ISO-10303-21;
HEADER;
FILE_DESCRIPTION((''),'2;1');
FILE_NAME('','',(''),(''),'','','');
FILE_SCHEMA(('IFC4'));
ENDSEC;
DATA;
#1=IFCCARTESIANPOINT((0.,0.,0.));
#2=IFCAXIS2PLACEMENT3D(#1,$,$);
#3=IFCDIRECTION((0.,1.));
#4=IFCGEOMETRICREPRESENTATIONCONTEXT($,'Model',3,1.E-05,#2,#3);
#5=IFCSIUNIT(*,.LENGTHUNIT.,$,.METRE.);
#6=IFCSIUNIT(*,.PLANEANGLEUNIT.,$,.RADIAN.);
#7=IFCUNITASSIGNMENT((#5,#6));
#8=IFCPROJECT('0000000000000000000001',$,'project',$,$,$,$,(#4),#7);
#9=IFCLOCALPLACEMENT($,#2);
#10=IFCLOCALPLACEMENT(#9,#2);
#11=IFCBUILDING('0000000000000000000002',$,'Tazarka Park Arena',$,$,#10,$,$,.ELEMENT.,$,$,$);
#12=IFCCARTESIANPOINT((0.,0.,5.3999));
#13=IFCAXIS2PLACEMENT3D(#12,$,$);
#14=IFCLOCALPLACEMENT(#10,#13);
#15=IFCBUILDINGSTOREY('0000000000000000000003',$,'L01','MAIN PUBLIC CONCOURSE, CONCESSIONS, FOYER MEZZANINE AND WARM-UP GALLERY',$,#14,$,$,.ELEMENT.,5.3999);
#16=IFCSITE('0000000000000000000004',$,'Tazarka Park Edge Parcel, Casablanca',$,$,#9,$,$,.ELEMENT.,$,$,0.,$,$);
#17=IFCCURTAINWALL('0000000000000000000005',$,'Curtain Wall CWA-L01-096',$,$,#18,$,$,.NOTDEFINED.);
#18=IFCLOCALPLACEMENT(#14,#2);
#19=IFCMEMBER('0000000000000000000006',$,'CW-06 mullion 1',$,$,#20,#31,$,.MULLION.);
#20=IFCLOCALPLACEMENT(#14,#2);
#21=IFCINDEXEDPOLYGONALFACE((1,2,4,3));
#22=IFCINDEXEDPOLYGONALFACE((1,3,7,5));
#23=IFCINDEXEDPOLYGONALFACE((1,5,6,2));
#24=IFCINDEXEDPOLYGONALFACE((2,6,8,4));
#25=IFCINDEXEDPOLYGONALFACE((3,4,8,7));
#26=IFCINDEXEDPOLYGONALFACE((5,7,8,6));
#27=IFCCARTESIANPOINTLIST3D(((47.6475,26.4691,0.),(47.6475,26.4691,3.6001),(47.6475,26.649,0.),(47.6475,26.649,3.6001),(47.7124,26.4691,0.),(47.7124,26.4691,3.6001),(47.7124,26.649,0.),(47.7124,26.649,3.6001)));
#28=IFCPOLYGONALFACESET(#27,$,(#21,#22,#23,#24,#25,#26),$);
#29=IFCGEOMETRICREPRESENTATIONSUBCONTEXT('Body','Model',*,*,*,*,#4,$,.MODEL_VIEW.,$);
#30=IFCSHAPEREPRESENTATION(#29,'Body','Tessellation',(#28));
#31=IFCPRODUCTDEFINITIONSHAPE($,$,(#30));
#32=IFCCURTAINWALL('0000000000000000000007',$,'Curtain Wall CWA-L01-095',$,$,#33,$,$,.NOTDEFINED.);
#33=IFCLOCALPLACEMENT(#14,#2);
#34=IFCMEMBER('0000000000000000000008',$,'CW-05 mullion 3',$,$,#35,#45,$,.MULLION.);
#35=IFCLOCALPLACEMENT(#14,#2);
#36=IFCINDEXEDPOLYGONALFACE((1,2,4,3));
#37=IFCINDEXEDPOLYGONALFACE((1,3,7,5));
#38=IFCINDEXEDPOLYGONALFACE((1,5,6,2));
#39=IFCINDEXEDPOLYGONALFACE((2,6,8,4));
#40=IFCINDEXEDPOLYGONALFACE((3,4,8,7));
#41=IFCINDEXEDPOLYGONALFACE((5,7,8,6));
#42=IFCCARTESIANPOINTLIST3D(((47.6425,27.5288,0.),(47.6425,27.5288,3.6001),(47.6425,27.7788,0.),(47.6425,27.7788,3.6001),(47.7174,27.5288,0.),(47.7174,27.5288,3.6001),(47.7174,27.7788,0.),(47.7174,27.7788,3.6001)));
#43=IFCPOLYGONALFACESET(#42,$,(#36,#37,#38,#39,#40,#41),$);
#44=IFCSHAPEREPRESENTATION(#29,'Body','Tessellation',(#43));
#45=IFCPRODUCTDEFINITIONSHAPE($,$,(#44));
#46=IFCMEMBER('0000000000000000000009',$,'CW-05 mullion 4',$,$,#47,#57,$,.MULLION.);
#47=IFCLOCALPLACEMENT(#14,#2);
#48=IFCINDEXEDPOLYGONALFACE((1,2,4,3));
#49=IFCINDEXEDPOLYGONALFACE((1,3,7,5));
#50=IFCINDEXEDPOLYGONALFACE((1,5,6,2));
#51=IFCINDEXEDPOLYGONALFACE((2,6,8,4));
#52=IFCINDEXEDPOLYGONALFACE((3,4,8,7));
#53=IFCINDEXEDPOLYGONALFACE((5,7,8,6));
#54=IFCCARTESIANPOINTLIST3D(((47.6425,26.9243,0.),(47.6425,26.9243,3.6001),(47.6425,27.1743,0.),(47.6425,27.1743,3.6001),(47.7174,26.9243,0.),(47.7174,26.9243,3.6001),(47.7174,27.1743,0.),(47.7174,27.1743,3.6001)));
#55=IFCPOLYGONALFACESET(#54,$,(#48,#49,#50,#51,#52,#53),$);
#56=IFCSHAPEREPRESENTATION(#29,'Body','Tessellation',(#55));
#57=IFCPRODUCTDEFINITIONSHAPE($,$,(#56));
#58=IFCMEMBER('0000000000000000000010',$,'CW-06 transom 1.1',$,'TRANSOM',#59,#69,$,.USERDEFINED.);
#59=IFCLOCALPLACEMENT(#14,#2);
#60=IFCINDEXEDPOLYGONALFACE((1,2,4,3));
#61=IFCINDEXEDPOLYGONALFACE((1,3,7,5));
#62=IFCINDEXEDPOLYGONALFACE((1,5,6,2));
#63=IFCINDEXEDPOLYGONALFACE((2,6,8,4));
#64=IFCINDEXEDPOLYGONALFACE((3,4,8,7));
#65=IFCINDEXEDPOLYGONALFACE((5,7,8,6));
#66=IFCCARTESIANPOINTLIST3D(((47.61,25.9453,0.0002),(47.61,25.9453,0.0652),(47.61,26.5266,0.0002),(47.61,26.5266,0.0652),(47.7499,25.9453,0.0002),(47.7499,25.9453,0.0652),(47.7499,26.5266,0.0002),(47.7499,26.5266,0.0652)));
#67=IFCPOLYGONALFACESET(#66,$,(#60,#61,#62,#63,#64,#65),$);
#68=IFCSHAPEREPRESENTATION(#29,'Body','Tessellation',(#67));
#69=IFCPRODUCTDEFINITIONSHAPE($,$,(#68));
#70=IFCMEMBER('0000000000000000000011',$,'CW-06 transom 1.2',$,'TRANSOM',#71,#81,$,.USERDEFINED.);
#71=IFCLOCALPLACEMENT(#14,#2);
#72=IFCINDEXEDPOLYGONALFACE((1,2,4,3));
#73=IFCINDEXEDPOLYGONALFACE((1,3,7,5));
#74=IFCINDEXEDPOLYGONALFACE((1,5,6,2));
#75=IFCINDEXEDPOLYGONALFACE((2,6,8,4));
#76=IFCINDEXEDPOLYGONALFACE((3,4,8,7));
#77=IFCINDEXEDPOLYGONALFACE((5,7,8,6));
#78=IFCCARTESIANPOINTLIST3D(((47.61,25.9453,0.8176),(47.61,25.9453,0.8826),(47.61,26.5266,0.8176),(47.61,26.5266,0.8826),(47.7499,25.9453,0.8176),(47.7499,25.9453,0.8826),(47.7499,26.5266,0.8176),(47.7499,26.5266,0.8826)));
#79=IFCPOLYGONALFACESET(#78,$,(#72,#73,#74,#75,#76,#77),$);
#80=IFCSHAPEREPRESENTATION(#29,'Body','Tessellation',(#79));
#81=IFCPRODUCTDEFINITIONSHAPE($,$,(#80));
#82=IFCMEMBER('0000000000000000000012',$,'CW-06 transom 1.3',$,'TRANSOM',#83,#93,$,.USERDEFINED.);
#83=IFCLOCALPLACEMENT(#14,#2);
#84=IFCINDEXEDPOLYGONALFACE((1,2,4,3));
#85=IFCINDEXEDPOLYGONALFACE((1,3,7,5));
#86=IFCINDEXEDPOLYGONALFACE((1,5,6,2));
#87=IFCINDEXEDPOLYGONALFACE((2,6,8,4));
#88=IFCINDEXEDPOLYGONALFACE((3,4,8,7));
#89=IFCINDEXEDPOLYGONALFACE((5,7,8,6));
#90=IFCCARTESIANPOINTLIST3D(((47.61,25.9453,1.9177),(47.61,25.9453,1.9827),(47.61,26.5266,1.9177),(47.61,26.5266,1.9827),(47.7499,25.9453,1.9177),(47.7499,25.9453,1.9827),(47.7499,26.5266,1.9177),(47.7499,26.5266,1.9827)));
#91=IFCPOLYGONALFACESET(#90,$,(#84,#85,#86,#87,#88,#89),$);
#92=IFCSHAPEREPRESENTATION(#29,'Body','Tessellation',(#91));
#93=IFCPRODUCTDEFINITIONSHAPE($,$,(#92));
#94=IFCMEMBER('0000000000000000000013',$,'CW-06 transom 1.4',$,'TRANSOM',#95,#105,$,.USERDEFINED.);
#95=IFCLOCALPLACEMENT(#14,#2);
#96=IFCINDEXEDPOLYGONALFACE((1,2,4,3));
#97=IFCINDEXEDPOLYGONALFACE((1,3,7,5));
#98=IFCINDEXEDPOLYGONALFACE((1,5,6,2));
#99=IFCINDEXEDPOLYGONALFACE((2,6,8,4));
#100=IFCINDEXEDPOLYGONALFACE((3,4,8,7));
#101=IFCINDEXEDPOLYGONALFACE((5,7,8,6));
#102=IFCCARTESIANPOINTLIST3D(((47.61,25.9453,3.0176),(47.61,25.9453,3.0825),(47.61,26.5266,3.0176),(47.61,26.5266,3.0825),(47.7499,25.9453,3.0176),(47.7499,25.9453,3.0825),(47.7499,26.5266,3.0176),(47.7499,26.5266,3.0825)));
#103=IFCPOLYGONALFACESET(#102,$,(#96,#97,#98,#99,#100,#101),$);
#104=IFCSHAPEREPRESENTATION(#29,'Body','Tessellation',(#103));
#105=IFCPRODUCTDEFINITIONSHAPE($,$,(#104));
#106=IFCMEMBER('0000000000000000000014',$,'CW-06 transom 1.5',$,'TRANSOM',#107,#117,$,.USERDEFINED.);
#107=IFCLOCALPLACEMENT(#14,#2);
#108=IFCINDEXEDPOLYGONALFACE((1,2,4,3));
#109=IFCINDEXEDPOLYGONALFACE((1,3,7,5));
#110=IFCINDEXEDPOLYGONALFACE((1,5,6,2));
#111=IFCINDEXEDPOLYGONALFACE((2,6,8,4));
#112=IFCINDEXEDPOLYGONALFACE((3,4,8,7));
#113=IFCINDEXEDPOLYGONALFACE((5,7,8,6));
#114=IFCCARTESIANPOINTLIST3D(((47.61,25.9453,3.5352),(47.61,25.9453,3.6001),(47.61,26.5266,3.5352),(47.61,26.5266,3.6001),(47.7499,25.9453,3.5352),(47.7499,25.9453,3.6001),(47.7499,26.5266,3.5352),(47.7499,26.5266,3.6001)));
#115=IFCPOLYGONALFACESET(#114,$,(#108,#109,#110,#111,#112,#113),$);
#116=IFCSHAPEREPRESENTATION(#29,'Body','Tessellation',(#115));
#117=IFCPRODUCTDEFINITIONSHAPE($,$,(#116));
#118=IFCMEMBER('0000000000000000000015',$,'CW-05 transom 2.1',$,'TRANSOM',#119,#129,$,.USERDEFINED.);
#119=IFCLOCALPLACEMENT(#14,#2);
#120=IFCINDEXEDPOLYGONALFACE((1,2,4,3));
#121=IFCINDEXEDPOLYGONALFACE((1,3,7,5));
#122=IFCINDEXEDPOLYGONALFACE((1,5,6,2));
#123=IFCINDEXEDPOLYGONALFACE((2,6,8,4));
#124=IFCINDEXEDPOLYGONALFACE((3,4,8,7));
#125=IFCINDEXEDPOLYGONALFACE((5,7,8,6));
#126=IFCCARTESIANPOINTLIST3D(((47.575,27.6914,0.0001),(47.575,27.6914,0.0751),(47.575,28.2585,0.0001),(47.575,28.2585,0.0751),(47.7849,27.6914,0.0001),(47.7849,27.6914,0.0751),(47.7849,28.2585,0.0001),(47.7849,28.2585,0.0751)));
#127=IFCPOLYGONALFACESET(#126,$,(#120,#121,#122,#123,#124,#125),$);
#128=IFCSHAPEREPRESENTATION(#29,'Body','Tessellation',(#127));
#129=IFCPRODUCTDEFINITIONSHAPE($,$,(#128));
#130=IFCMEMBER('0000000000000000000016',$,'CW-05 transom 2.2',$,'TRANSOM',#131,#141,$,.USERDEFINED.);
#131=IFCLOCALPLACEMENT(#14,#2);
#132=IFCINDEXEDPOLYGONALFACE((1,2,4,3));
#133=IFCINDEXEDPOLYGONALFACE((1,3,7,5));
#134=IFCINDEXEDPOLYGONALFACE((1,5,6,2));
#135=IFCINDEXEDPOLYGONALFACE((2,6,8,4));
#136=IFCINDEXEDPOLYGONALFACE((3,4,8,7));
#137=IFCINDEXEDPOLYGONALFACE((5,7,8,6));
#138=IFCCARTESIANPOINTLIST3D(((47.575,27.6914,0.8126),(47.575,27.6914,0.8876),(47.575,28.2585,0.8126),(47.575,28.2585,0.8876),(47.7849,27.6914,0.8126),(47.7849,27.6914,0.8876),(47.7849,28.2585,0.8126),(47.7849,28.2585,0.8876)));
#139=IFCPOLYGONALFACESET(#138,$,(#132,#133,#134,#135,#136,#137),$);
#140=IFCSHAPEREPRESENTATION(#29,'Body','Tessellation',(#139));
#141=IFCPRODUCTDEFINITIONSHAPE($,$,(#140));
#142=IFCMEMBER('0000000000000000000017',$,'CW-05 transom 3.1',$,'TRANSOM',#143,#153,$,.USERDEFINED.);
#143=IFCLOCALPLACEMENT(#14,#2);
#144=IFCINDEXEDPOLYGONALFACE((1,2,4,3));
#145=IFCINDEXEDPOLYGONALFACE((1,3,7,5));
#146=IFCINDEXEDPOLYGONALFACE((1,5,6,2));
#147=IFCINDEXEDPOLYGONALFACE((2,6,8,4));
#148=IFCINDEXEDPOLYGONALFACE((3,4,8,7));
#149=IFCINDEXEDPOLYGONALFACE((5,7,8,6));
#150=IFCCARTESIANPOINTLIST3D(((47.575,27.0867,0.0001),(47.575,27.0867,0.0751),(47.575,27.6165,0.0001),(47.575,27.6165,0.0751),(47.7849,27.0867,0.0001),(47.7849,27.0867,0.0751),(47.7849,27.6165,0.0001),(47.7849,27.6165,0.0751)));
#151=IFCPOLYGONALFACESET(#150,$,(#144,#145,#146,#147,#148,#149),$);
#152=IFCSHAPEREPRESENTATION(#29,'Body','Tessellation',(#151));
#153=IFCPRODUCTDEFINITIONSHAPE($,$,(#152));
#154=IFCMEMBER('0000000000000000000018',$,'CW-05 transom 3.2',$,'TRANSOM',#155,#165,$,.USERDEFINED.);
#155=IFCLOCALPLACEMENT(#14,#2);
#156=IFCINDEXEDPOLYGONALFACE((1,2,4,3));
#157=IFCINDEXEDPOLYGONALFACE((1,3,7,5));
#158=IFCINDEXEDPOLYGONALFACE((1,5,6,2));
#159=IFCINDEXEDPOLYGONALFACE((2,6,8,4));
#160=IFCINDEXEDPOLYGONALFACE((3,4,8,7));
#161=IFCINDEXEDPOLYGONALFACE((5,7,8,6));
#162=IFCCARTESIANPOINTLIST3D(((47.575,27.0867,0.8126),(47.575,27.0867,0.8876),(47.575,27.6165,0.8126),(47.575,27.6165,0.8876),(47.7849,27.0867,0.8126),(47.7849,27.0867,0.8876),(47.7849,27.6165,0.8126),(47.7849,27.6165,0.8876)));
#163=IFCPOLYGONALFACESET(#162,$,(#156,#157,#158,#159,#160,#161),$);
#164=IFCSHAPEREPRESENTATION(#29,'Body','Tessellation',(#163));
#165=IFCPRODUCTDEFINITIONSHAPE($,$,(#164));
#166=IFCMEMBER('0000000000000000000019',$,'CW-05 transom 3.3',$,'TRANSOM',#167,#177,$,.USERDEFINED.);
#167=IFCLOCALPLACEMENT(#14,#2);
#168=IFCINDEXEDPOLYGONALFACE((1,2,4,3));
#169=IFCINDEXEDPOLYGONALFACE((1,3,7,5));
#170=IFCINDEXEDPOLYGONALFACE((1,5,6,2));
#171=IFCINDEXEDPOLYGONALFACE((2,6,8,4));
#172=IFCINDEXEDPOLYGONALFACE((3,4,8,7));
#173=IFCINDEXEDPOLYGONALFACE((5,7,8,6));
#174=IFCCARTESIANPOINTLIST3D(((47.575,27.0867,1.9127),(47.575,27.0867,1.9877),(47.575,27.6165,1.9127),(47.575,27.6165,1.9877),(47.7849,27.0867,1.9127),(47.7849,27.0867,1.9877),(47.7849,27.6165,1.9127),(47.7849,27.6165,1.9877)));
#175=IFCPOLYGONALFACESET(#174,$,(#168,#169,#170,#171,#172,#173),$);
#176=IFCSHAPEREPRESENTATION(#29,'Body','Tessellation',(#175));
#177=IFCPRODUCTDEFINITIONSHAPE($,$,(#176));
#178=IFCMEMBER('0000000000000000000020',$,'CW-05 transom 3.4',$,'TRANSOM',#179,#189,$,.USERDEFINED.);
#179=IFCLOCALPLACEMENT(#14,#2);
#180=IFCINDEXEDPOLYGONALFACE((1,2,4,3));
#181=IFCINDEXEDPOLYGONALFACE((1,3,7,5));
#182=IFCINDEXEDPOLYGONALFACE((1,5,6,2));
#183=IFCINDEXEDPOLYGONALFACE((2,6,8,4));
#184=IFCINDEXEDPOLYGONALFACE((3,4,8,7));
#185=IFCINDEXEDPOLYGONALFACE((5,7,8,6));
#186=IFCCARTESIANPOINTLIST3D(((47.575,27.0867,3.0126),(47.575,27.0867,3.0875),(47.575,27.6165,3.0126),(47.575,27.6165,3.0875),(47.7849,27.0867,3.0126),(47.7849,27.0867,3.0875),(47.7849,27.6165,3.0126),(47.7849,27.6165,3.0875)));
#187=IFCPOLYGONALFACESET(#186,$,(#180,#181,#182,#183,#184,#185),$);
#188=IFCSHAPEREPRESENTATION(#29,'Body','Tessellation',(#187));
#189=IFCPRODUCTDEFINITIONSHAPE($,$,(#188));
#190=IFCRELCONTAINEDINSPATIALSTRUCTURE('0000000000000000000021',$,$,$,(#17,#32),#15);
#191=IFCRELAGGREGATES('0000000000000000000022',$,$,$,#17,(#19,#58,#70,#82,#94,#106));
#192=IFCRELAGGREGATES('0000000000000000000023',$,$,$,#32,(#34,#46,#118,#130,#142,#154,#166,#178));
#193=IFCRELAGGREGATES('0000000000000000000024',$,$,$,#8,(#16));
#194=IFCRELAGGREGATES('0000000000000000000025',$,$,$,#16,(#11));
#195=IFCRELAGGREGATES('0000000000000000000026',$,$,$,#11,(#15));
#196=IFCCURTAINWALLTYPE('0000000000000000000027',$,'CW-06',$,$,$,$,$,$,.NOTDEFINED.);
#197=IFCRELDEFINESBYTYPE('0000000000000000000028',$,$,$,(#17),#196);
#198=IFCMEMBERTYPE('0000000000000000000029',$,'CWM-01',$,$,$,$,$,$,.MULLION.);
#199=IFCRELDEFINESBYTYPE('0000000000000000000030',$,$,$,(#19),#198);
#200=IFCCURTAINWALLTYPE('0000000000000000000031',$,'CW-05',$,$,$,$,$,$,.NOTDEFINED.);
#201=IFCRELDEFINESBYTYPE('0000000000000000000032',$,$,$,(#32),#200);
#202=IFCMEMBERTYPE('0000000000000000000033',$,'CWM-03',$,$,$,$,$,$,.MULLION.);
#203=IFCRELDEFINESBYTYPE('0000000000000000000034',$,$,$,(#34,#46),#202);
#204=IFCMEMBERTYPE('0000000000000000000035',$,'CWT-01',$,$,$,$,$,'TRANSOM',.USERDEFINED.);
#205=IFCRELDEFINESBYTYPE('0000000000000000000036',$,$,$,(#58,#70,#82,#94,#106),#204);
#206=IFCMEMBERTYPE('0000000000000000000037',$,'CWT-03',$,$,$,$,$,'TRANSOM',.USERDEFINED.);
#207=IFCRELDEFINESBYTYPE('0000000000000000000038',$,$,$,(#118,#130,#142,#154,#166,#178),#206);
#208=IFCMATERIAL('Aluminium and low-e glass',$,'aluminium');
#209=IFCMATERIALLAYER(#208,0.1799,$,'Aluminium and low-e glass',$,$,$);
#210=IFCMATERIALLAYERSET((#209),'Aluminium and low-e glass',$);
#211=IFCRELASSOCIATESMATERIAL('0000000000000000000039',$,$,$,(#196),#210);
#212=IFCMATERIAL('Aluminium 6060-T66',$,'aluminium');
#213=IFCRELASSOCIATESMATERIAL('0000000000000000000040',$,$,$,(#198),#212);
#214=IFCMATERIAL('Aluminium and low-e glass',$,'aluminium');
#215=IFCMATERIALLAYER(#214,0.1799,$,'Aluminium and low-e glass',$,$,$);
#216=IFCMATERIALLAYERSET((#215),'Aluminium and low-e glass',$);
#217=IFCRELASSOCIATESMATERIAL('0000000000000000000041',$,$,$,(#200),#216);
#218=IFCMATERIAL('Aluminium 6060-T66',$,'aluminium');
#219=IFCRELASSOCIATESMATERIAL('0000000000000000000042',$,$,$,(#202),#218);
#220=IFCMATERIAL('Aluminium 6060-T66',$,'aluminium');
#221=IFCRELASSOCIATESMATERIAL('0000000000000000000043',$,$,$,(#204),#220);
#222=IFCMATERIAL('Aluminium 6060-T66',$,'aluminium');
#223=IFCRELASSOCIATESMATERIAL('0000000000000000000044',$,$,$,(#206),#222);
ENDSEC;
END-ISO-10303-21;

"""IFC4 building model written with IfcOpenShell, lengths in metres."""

from ifc_helpers import new_model, si_unit, direction, frame, origin, origin_2d, place, context, subcontext, project, spatial, rectangle, extrude, material, layer, layer_set, material_profile, profile_set, type_object, element, aggregate, save


model = new_model("IFC4")

# Units and contexts
model_context = context("Model", 3, precision=1e-05, world=origin(), true_north=direction((0.0, 1.0)))
body_context = subcontext(model_context, "Body", "Model", "MODEL_VIEW")
ifc_project = project(units=[si_unit("LENGTHUNIT", "METRE"), si_unit("PLANEANGLEUNIT", "RADIAN")], contexts=[model_context])

# Site, building, storey
site_placement = place(None, origin())
site = spatial("IfcSite", under=ifc_project, at=site_placement, Name="Tazarka Park Edge Parcel, Casablanca", CompositionType="ELEMENT", RefElevation=0.0)
building_placement = place(site_placement, origin())
building = spatial("IfcBuilding", under=site, at=building_placement, Name="Tazarka Park Arena", CompositionType="ELEMENT")
storey_placement = place(building_placement, frame((0.0, 0.0, 5.3999)))
storey = spatial("IfcBuildingStorey", under=building, at=storey_placement, Name="L01", Description="MAIN PUBLIC CONCOURSE, CONCESSIONS, FOYER MEZZANINE AND WARM-UP GALLERY", CompositionType="ELEMENT", Elevation=5.3999)

# Curtain wall, member
ifc_material_1 = material(Name="Aluminium and low-e glass", Category="aluminium")
ifc_layer_1 = layer(ifc_material_1, 0.1799, Name="Aluminium and low-e glass")
ifc_layer_set_1 = layer_set([ifc_layer_1], Name="Aluminium and low-e glass")
curtain_wall_type_1 = type_object("IfcCurtainWallType", Name="CW-06", PredefinedType="NOTDEFINED", material=ifc_layer_set_1)
curtain_wall_1_placement = place(storey_placement, origin())
curtain_wall_1 = element("IfcCurtainWall", 1, at=curtain_wall_1_placement, inside=storey, type_object=curtain_wall_type_1, Name="Curtain Wall CWA-L01-096", PredefinedType="NOTDEFINED")
ifc_material_2 = material(Name="Aluminium 6060-T66", Category="aluminium")
ifc_material_profile_1 = material_profile(ifc_material_2, rectangle(XDim=0.0649, YDim=0.1799, at=origin_2d()), Name="Aluminium 6060-T66")
ifc_profile_set_1 = profile_set([ifc_material_profile_1], Name="Aluminium 6060-T66")
member_type_1 = type_object("IfcMemberType", Name="CWM-01", PredefinedType="MULLION", material=ifc_profile_set_1)
member_1_placement = place(storey_placement, frame((47.6799, 26.5591, 0.0), z_axis=(0.0, 0.0, 1.0), x_axis=(1.0, 0.0, 0.0)))
member_1 = element("IfcMember", 2, at=member_1_placement, type_object=member_type_1, Name="CW-06 mullion 1", PredefinedType="MULLION", context=body_context, shape_type="SweptSolid", body=[
    extrude(rectangle(XDim=0.0649, YDim=0.1799, at=origin_2d()), origin(), (0.0, 0.0, 1.0), 3.6001),
])

# Curtain wall, members
ifc_material_3 = material(Name="Aluminium and low-e glass", Category="aluminium")
ifc_layer_2 = layer(ifc_material_3, 0.1799, Name="Aluminium and low-e glass")
ifc_layer_set_2 = layer_set([ifc_layer_2], Name="Aluminium and low-e glass")
curtain_wall_type_2 = type_object("IfcCurtainWallType", Name="CW-05", PredefinedType="NOTDEFINED", material=ifc_layer_set_2)
curtain_wall_2_placement = place(storey_placement, origin())
curtain_wall_2 = element("IfcCurtainWall", 3, at=curtain_wall_2_placement, inside=storey, type_object=curtain_wall_type_2, Name="Curtain Wall CWA-L01-095", PredefinedType="NOTDEFINED")
ifc_material_4 = material(Name="Aluminium 6060-T66", Category="aluminium")
ifc_material_profile_2 = material_profile(ifc_material_4, rectangle(XDim=0.075, YDim=0.25, at=origin_2d()), Name="Aluminium 6060-T66")
ifc_profile_set_2 = profile_set([ifc_material_profile_2], Name="Aluminium 6060-T66")
member_type_2 = type_object("IfcMemberType", Name="CWM-03", PredefinedType="MULLION", material=ifc_profile_set_2)
member_2_placement = place(storey_placement, frame((47.6799, 27.6538, 0.0), z_axis=(0.0, 0.0, 1.0), x_axis=(1.0, 0.0, 0.0)))
member_2 = element("IfcMember", 4, at=member_2_placement, type_object=member_type_2, Name="CW-05 mullion 3", PredefinedType="MULLION", context=body_context, shape_type="SweptSolid", body=[
    extrude(rectangle(XDim=0.075, YDim=0.25, at=origin_2d()), origin(), (0.0, 0.0, 1.0), 3.6001),
])
member_3_placement = place(storey_placement, frame((47.6799, 27.0493, 0.0), z_axis=(0.0, 0.0, 1.0), x_axis=(1.0, 0.0, 0.0)))
member_3 = element("IfcMember", 5, at=member_3_placement, type_object=member_type_2, Name="CW-05 mullion 4", PredefinedType="MULLION", context=body_context, shape_type="SweptSolid", body=[
    extrude(rectangle(XDim=0.075, YDim=0.25, at=origin_2d()), origin(), (0.0, 0.0, 1.0), 3.6001),
])

# Members
ifc_material_5 = material(Name="Aluminium 6060-T66", Category="aluminium")
ifc_material_profile_3 = material_profile(ifc_material_5, rectangle(XDim=0.1399, YDim=0.0649, at=origin_2d()), Name="Aluminium 6060-T66")
ifc_profile_set_3 = profile_set([ifc_material_profile_3], Name="Aluminium 6060-T66")
member_type_3 = type_object("IfcMemberType", Name="CWT-01", ElementType="TRANSOM", PredefinedType="USERDEFINED", material=ifc_profile_set_3)
member_4_placement = place(storey_placement, frame((47.6799, 26.5266, 0.0327), z_axis=(0.0, -1.0, 0.0), x_axis=(1.0, 0.0, 0.0)))
member_4 = element("IfcMember", 6, at=member_4_placement, type_object=member_type_3, Name="CW-06 transom 1.1", ObjectType="TRANSOM", PredefinedType="USERDEFINED", context=body_context, shape_type="SweptSolid", body=[
    extrude(rectangle(XDim=0.1399, YDim=0.0649, at=origin_2d()), origin(), (0.0, 0.0, 1.0), 0.5813),
])
member_5_placement = place(storey_placement, frame((47.6799, 26.5266, 0.8501), z_axis=(0.0, -1.0, 0.0), x_axis=(1.0, 0.0, 0.0)))
member_5 = element("IfcMember", 7, at=member_5_placement, type_object=member_type_3, Name="CW-06 transom 1.2", ObjectType="TRANSOM", PredefinedType="USERDEFINED", context=body_context, shape_type="SweptSolid", body=[
    extrude(rectangle(XDim=0.1399, YDim=0.0649, at=origin_2d()), origin(), (0.0, 0.0, 1.0), 0.5813),
])
member_6_placement = place(storey_placement, frame((47.6799, 26.5266, 1.9502), z_axis=(0.0, -1.0, 0.0), x_axis=(1.0, 0.0, 0.0)))
member_6 = element("IfcMember", 8, at=member_6_placement, type_object=member_type_3, Name="CW-06 transom 1.3", ObjectType="TRANSOM", PredefinedType="USERDEFINED", context=body_context, shape_type="SweptSolid", body=[
    extrude(rectangle(XDim=0.1399, YDim=0.0649, at=origin_2d()), origin(), (0.0, 0.0, 1.0), 0.5813),
])
member_7_placement = place(storey_placement, frame((47.6799, 26.5266, 3.05), z_axis=(0.0, -1.0, 0.0), x_axis=(1.0, 0.0, 0.0)))
member_7 = element("IfcMember", 9, at=member_7_placement, type_object=member_type_3, Name="CW-06 transom 1.4", ObjectType="TRANSOM", PredefinedType="USERDEFINED", context=body_context, shape_type="SweptSolid", body=[
    extrude(rectangle(XDim=0.1399, YDim=0.0649, at=origin_2d()), origin(), (0.0, 0.0, 1.0), 0.5813),
])
member_8_placement = place(storey_placement, frame((47.6799, 26.5266, 3.5676), z_axis=(0.0, -1.0, 0.0), x_axis=(1.0, 0.0, 0.0)))
member_8 = element("IfcMember", 10, at=member_8_placement, type_object=member_type_3, Name="CW-06 transom 1.5", ObjectType="TRANSOM", PredefinedType="USERDEFINED", context=body_context, shape_type="SweptSolid", body=[
    extrude(rectangle(XDim=0.1399, YDim=0.0649, at=origin_2d()), origin(), (0.0, 0.0, 1.0), 0.5813),
])
ifc_material_6 = material(Name="Aluminium 6060-T66", Category="aluminium")
ifc_material_profile_4 = material_profile(ifc_material_6, rectangle(XDim=0.21, YDim=0.075, at=origin_2d()), Name="Aluminium 6060-T66")
ifc_profile_set_4 = profile_set([ifc_material_profile_4], Name="Aluminium 6060-T66")
member_type_4 = type_object("IfcMemberType", Name="CWT-03", ElementType="TRANSOM", PredefinedType="USERDEFINED", material=ifc_profile_set_4)
member_9_placement = place(storey_placement, frame((47.6799, 28.2585, 0.0376), z_axis=(0.0, -1.0, 0.0), x_axis=(1.0, 0.0, 0.0)))
member_9 = element("IfcMember", 11, at=member_9_placement, type_object=member_type_4, Name="CW-05 transom 2.1", ObjectType="TRANSOM", PredefinedType="USERDEFINED", context=body_context, shape_type="SweptSolid", body=[
    extrude(rectangle(XDim=0.21, YDim=0.075, at=origin_2d()), origin(), (0.0, 0.0, 1.0), 0.5671),
])
member_10_placement = place(storey_placement, frame((47.6799, 28.2585, 0.8501), z_axis=(0.0, -1.0, 0.0), x_axis=(1.0, 0.0, 0.0)))
member_10 = element("IfcMember", 12, at=member_10_placement, type_object=member_type_4, Name="CW-05 transom 2.2", ObjectType="TRANSOM", PredefinedType="USERDEFINED", context=body_context, shape_type="SweptSolid", body=[
    extrude(rectangle(XDim=0.21, YDim=0.075, at=origin_2d()), origin(), (0.0, 0.0, 1.0), 0.5671),
])
member_11_placement = place(storey_placement, frame((47.6799, 27.6165, 0.0376), z_axis=(0.0, -1.0, 0.0), x_axis=(1.0, 0.0, 0.0)))
member_11 = element("IfcMember", 13, at=member_11_placement, type_object=member_type_4, Name="CW-05 transom 3.1", ObjectType="TRANSOM", PredefinedType="USERDEFINED", context=body_context, shape_type="SweptSolid", body=[
    extrude(rectangle(XDim=0.21, YDim=0.075, at=origin_2d()), origin(), (0.0, 0.0, 1.0), 0.5298),
])
member_12_placement = place(storey_placement, frame((47.6799, 27.6165, 0.8501), z_axis=(0.0, -1.0, 0.0), x_axis=(1.0, 0.0, 0.0)))
member_12 = element("IfcMember", 14, at=member_12_placement, type_object=member_type_4, Name="CW-05 transom 3.2", ObjectType="TRANSOM", PredefinedType="USERDEFINED", context=body_context, shape_type="SweptSolid", body=[
    extrude(rectangle(XDim=0.21, YDim=0.075, at=origin_2d()), origin(), (0.0, 0.0, 1.0), 0.5298),
])
member_13_placement = place(storey_placement, frame((47.6799, 27.6165, 1.9502), z_axis=(0.0, -1.0, 0.0), x_axis=(1.0, 0.0, 0.0)))
member_13 = element("IfcMember", 15, at=member_13_placement, type_object=member_type_4, Name="CW-05 transom 3.3", ObjectType="TRANSOM", PredefinedType="USERDEFINED", context=body_context, shape_type="SweptSolid", body=[
    extrude(rectangle(XDim=0.21, YDim=0.075, at=origin_2d()), origin(), (0.0, 0.0, 1.0), 0.5298),
])
member_14_placement = place(storey_placement, frame((47.6799, 27.6165, 3.05), z_axis=(0.0, -1.0, 0.0), x_axis=(1.0, 0.0, 0.0)))
member_14 = element("IfcMember", 16, at=member_14_placement, type_object=member_type_4, Name="CW-05 transom 3.4", ObjectType="TRANSOM", PredefinedType="USERDEFINED", context=body_context, shape_type="SweptSolid", body=[
    extrude(rectangle(XDim=0.21, YDim=0.075, at=origin_2d()), origin(), (0.0, 0.0, 1.0), 0.5298),
])

aggregate(curtain_wall_1, [member_1, member_4, member_5, member_6, member_7, member_8])
aggregate(curtain_wall_2, [member_2, member_3, member_9, member_10, member_11, member_12, member_13, member_14])

save(model, "model.ifc")
